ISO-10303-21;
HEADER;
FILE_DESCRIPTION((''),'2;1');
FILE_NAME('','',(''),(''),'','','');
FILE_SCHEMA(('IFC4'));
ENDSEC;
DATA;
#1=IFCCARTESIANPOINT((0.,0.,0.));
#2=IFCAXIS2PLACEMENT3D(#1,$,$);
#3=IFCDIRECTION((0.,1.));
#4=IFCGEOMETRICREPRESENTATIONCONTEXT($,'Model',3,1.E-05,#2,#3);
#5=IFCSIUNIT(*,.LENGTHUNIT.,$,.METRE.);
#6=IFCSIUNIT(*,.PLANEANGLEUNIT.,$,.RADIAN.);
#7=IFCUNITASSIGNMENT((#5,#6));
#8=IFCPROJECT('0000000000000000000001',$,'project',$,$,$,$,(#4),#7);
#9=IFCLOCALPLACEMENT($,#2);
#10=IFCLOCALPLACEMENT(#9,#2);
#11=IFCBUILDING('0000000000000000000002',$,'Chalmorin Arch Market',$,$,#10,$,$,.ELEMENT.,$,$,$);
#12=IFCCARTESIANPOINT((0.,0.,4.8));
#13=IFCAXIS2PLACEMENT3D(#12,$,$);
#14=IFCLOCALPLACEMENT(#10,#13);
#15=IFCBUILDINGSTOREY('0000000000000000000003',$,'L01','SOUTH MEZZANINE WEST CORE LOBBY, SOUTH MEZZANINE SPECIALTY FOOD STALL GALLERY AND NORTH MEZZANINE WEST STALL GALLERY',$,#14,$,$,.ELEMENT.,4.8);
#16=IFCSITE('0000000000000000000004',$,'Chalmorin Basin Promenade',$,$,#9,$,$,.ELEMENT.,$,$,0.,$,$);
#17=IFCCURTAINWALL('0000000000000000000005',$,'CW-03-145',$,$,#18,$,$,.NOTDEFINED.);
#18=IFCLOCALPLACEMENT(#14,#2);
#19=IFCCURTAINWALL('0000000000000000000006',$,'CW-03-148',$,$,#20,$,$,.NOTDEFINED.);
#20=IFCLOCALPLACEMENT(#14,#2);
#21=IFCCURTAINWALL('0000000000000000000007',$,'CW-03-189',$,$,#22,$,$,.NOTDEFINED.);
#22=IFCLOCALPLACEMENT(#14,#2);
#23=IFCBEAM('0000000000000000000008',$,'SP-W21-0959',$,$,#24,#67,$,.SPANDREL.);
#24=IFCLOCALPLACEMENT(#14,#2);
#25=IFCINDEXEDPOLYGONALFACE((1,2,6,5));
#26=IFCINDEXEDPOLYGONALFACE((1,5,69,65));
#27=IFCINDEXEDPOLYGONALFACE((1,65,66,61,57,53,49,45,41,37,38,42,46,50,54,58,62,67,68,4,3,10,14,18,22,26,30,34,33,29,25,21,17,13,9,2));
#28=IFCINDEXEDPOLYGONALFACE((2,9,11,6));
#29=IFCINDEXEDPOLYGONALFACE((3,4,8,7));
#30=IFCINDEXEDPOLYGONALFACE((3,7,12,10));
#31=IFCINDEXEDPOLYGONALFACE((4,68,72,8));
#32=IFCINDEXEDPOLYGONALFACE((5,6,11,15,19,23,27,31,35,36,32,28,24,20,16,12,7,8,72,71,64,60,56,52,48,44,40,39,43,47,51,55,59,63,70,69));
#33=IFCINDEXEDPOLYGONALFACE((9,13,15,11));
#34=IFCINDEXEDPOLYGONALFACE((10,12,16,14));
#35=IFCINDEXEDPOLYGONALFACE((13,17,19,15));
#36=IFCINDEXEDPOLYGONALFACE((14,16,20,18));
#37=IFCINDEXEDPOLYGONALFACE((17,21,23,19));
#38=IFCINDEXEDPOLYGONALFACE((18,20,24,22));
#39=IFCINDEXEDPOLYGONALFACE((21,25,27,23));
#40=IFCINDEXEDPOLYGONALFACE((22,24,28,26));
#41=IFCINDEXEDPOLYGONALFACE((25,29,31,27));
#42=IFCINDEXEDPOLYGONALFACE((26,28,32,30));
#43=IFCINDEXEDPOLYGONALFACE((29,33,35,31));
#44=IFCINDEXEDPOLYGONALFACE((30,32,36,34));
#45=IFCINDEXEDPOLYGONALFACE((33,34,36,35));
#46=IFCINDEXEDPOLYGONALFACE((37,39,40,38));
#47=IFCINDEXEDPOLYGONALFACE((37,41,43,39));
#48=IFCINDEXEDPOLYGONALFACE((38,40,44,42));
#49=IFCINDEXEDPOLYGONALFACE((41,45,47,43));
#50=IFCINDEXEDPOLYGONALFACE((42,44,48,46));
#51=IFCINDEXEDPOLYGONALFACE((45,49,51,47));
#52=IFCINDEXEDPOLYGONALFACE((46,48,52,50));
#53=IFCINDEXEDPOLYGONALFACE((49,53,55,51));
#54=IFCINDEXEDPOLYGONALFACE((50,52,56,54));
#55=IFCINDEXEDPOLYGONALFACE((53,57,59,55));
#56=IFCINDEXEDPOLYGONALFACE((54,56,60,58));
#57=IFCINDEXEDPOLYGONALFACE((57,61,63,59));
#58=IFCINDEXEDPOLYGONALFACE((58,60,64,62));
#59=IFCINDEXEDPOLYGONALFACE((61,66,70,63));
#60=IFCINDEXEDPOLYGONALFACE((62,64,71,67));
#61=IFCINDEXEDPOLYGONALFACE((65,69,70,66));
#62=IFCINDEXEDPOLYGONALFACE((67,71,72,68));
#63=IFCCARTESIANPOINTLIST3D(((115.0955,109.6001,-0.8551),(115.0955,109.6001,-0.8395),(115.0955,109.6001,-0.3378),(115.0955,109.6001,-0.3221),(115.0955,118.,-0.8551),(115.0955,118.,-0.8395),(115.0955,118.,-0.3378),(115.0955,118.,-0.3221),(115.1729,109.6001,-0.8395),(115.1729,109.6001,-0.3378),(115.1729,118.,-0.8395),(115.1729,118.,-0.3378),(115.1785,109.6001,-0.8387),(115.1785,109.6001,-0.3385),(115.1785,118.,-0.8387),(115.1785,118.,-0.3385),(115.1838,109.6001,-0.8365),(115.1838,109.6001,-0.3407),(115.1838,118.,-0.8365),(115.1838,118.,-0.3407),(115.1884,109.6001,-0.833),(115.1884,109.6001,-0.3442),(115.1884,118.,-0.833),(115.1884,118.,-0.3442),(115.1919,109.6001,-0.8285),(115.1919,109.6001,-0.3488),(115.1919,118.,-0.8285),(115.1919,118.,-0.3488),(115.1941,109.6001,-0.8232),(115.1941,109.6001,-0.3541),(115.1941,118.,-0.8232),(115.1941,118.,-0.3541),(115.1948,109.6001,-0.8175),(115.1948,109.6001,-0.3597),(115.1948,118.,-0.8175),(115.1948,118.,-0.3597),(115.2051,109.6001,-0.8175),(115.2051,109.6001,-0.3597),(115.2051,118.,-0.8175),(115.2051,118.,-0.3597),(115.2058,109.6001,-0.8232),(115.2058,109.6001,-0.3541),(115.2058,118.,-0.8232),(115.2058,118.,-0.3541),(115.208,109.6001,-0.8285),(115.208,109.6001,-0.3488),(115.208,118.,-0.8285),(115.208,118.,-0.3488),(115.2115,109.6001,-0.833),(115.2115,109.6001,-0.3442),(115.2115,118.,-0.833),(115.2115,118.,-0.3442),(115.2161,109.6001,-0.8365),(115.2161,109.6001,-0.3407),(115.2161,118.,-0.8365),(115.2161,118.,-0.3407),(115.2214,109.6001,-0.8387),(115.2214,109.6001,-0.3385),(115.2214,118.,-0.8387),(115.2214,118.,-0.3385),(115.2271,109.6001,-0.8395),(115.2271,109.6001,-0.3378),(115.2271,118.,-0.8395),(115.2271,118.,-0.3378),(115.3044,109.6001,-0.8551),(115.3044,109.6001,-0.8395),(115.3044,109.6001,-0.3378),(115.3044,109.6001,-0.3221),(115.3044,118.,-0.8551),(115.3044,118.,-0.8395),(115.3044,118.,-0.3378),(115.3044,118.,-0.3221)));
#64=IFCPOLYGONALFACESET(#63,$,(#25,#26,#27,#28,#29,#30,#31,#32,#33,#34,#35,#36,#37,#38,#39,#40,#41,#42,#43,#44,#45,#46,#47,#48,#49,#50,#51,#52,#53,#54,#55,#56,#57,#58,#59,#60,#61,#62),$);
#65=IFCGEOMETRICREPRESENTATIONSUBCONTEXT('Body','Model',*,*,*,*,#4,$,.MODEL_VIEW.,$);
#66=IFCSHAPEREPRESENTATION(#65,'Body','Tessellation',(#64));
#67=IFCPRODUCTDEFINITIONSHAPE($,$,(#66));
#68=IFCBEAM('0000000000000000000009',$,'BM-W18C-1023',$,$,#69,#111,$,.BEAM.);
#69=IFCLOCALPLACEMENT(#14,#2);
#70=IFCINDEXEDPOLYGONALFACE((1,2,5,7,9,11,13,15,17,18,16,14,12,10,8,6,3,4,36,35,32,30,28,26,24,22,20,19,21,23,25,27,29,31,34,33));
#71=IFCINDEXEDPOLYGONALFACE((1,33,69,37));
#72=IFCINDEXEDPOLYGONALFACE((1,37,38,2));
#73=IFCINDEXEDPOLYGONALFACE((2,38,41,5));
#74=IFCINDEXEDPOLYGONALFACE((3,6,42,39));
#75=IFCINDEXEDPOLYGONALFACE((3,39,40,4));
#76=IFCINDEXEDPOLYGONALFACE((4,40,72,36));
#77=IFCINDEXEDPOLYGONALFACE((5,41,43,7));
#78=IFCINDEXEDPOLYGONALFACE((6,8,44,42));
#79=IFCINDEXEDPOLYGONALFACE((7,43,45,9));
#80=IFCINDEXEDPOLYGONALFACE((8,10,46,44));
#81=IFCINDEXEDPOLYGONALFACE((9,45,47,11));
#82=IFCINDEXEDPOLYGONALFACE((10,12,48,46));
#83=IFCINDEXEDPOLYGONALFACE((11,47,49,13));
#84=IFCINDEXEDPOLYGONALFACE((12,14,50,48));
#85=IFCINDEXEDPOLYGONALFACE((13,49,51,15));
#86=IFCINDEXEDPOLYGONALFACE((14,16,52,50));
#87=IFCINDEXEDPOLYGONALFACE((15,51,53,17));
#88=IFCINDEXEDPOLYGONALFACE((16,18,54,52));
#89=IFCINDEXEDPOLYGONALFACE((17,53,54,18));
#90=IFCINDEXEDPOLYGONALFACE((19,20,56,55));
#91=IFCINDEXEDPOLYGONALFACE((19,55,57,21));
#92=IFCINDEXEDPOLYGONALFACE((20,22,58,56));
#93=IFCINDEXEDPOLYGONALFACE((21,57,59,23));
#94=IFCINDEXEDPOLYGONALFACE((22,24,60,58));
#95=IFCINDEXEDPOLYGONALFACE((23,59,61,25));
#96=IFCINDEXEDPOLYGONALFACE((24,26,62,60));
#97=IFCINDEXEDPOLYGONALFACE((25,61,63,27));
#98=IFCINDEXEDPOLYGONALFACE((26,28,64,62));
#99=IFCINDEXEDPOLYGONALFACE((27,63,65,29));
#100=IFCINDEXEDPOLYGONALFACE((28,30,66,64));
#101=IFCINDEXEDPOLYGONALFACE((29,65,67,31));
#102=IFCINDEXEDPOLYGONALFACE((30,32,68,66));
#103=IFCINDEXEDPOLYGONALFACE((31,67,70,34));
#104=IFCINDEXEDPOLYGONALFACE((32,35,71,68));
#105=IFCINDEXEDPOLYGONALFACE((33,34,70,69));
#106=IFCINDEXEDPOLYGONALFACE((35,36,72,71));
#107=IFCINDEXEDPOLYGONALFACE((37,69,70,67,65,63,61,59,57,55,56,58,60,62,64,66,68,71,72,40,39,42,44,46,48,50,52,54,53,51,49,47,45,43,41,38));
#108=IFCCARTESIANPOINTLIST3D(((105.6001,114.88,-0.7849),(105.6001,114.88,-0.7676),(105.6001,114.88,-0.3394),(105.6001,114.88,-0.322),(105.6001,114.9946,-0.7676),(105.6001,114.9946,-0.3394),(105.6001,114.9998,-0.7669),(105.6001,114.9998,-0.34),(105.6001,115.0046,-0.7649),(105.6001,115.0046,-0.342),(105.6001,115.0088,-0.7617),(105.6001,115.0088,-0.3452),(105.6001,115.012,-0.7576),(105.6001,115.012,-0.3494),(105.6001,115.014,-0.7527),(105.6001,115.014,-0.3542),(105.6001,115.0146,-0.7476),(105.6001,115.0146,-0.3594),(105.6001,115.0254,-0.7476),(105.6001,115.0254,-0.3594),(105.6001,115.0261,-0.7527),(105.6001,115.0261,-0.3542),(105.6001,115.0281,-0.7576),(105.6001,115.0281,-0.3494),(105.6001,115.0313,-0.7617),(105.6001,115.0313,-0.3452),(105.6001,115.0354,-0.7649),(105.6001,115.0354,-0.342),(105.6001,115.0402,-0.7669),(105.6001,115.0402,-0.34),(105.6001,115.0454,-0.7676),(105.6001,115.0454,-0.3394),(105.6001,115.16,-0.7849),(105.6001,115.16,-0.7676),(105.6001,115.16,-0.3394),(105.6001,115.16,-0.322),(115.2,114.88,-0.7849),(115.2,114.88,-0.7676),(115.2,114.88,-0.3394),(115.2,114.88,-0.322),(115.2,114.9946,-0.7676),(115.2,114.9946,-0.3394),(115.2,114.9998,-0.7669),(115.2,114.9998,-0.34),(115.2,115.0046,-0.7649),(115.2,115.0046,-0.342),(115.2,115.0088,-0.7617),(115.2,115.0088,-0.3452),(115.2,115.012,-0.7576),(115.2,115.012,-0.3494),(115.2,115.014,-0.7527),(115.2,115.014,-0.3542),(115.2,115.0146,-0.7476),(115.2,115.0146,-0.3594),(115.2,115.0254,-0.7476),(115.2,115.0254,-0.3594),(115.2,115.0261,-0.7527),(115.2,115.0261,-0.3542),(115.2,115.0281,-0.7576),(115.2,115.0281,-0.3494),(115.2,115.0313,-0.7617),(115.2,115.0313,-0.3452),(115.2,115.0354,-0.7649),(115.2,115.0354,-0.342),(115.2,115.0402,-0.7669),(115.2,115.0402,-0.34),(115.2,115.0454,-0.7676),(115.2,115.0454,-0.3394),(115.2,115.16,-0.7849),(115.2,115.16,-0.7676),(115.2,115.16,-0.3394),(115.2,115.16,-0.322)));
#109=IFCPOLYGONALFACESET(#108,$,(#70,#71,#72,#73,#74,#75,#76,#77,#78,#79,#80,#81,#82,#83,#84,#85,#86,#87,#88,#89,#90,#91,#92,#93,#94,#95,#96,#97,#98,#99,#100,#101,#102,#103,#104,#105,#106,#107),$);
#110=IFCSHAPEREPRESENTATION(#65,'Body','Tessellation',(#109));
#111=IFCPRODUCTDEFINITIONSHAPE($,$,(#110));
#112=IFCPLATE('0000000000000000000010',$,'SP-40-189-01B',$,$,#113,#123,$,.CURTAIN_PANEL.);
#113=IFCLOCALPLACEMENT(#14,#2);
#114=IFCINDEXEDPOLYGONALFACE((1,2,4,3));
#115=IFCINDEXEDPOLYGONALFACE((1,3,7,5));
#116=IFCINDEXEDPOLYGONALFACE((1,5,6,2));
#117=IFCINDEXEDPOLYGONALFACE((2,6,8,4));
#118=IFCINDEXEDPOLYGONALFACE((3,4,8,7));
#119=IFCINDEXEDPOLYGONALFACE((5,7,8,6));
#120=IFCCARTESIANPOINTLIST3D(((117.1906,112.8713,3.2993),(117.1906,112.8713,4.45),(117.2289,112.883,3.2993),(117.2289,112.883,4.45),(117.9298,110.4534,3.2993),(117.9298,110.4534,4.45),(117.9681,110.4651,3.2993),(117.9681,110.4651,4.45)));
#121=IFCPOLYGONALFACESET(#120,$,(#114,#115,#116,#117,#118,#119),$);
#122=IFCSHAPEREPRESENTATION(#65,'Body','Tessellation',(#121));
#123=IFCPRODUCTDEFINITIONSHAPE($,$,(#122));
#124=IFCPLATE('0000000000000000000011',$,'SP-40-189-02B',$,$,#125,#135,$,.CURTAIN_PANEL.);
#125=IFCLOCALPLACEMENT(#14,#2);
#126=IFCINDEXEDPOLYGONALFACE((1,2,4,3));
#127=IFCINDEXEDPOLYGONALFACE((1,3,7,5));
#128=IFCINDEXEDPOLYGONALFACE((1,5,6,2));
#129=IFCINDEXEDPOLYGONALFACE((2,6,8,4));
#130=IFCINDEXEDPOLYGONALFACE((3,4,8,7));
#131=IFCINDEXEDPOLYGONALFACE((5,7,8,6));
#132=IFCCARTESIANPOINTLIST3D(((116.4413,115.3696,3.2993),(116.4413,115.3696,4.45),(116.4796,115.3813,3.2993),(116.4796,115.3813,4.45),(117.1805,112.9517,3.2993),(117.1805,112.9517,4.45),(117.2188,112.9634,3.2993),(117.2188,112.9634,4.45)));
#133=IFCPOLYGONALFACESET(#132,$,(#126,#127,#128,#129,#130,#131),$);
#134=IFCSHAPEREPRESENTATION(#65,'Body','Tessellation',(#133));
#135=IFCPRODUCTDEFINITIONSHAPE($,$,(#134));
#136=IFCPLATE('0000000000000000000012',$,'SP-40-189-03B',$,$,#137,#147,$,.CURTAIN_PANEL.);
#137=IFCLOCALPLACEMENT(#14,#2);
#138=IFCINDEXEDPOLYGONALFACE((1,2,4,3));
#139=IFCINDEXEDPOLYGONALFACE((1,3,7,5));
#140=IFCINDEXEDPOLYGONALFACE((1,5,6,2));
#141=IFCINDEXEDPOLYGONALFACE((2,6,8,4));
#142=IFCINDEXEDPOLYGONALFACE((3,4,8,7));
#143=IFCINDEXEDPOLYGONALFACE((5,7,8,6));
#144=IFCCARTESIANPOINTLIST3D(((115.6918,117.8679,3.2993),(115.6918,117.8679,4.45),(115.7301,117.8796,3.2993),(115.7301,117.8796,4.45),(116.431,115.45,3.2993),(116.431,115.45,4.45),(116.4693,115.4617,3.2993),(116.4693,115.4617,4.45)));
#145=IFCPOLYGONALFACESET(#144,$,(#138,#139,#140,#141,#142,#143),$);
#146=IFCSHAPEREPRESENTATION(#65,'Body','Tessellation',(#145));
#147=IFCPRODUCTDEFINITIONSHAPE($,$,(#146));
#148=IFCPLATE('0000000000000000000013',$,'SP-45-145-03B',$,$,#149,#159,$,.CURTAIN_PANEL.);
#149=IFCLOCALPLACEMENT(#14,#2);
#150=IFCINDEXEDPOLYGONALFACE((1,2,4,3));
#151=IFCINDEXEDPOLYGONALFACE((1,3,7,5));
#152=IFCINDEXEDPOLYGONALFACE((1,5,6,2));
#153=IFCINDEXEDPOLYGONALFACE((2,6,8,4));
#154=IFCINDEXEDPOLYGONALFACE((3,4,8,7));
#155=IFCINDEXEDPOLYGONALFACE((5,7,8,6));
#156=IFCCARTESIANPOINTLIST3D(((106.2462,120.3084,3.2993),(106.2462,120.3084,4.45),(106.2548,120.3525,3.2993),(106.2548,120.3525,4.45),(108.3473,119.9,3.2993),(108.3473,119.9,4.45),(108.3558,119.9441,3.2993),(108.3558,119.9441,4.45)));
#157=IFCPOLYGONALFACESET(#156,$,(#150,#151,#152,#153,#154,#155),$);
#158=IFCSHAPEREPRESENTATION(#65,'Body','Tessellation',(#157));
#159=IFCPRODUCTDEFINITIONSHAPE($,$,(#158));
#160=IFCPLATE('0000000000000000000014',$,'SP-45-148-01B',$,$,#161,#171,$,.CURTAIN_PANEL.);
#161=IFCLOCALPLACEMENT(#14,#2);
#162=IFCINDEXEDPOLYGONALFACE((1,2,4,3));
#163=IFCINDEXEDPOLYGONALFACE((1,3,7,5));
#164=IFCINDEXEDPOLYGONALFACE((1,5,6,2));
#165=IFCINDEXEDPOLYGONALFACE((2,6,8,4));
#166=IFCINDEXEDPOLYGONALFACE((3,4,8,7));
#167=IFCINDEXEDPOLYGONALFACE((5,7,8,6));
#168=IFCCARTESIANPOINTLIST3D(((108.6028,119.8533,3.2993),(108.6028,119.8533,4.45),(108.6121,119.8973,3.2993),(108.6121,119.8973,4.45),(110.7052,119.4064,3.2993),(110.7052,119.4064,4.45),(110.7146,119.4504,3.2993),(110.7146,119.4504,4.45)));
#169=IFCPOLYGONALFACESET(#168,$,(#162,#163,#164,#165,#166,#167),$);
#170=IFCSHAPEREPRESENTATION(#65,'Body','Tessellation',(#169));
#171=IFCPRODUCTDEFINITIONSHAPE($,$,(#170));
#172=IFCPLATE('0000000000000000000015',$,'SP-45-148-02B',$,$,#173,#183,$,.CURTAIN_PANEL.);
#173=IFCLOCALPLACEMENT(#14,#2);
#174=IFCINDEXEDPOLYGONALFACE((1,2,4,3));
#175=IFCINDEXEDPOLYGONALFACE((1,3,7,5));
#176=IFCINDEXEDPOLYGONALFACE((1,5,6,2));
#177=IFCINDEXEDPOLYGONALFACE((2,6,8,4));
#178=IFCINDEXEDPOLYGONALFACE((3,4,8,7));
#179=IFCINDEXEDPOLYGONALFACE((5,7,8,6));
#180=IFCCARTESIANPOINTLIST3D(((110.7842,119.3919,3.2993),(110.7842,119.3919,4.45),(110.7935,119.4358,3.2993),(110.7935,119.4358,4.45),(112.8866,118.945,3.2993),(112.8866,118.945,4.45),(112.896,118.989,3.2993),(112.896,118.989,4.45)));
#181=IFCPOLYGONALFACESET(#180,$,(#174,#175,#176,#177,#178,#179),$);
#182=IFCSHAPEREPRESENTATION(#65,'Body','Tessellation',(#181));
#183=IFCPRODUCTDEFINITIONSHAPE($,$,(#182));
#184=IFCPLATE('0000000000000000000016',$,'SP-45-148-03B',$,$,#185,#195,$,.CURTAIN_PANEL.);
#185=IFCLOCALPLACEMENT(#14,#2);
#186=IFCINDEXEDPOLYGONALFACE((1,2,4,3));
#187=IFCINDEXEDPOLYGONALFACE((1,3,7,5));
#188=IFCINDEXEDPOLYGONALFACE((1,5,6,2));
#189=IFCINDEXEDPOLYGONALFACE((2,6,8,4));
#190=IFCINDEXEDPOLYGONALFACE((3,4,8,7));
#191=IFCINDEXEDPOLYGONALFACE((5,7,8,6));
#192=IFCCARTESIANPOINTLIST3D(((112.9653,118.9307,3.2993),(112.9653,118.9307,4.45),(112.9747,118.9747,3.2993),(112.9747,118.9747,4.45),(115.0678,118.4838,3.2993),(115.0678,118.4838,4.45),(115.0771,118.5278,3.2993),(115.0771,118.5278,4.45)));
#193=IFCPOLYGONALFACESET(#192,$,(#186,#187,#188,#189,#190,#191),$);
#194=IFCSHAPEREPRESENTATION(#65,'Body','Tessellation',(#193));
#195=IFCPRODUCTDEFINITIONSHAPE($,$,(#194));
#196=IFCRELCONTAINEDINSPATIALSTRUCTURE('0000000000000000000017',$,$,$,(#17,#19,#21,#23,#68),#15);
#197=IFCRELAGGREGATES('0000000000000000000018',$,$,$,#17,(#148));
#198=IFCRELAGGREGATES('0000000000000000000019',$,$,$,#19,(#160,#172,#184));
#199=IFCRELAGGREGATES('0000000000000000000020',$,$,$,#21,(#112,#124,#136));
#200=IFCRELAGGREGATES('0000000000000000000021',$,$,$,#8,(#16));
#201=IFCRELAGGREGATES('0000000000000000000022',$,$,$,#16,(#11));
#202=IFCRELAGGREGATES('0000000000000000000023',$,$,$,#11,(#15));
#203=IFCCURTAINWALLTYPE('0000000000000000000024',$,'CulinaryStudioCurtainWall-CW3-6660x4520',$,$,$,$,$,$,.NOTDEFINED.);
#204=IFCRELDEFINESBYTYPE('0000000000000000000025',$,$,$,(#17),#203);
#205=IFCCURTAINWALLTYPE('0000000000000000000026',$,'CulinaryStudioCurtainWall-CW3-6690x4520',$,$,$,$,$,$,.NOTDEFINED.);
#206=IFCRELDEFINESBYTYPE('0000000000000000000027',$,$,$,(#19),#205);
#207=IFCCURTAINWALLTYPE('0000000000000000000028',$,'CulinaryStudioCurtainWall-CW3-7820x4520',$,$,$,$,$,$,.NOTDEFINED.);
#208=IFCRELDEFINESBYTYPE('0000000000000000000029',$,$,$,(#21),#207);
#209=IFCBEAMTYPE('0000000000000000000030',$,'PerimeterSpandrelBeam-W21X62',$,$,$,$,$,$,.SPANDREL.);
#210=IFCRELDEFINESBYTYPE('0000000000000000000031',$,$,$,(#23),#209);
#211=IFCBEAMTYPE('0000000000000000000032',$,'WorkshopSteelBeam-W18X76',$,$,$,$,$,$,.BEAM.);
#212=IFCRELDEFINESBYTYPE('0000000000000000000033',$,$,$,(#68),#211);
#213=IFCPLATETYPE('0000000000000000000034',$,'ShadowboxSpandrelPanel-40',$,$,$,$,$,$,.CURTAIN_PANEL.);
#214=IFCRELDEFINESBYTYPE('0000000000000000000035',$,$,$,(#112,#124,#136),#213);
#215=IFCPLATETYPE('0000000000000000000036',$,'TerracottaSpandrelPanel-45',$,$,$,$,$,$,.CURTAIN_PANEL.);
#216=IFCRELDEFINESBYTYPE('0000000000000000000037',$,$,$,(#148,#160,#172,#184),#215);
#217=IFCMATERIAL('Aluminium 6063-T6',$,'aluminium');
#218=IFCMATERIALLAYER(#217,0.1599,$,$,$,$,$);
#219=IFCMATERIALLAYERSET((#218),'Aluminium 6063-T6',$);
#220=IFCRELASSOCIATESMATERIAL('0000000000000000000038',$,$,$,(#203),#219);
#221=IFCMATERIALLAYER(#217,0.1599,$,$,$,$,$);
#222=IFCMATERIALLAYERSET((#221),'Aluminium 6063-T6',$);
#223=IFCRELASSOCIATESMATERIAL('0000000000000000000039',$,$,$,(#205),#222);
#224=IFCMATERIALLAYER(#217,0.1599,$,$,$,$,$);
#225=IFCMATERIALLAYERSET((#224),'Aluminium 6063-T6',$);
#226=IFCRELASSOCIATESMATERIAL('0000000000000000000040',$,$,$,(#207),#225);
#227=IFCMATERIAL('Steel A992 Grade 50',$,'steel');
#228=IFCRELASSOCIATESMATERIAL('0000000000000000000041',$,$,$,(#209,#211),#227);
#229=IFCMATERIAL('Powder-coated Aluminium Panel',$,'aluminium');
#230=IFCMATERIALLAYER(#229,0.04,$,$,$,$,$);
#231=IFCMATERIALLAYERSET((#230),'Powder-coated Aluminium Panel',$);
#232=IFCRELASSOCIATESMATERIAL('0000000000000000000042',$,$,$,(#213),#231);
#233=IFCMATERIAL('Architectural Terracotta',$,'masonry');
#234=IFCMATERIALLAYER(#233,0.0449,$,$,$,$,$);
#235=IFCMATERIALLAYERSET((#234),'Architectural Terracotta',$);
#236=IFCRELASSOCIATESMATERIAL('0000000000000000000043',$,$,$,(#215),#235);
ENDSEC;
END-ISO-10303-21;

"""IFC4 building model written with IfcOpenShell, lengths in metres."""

from ifc_helpers import new_model, si_unit, direction, frame, origin, origin_2d, place, context, subcontext, project, spatial, rectangle, i_section, extrude, material, layer, layer_set, material_profile, profile_set, type_object, element, aggregate, save


model = new_model("IFC4")

# Units and contexts
model_context = context("Model", 3, precision=1e-05, world=origin(), true_north=direction((0.0, 1.0)))
body_context = subcontext(model_context, "Body", "Model", "MODEL_VIEW")
ifc_project = project(units=[si_unit("LENGTHUNIT", "METRE"), si_unit("PLANEANGLEUNIT", "RADIAN")], contexts=[model_context])

# Site, building, storey
site_placement = place(None, origin())
site = spatial("IfcSite", under=ifc_project, at=site_placement, Name="Chalmorin Basin Promenade", CompositionType="ELEMENT", RefElevation=0.0)
building_placement = place(site_placement, origin())
building = spatial("IfcBuilding", under=site, at=building_placement, Name="Chalmorin Arch Market", CompositionType="ELEMENT")
storey_placement = place(building_placement, frame((0.0, 0.0, 4.8)))
storey = spatial("IfcBuildingStorey", under=building, at=storey_placement, Name="L01", Description="SOUTH MEZZANINE WEST CORE LOBBY, SOUTH MEZZANINE SPECIALTY FOOD STALL GALLERY AND NORTH MEZZANINE WEST STALL GALLERY", CompositionType="ELEMENT", Elevation=4.8)

# Curtain walls
ifc_material_1 = material(Name="Aluminium 6063-T6", Category="aluminium")
ifc_layer_1 = layer(ifc_material_1, 0.1599)
ifc_layer_set_1 = layer_set([ifc_layer_1], Name="Aluminium 6063-T6")
curtain_wall_type_1 = type_object("IfcCurtainWallType", Name="CulinaryStudioCurtainWall-CW3-6660x4520", PredefinedType="NOTDEFINED", material=ifc_layer_set_1)
curtain_wall_1_placement = place(storey_placement, origin())
curtain_wall_1 = element("IfcCurtainWall", 1, at=curtain_wall_1_placement, inside=storey, type_object=curtain_wall_type_1, Name="CW-03-145", PredefinedType="NOTDEFINED")
ifc_layer_2 = layer(ifc_material_1, 0.1599)
ifc_layer_set_2 = layer_set([ifc_layer_2], Name="Aluminium 6063-T6")
curtain_wall_type_2 = type_object("IfcCurtainWallType", Name="CulinaryStudioCurtainWall-CW3-6690x4520", PredefinedType="NOTDEFINED", material=ifc_layer_set_2)
curtain_wall_2_placement = place(storey_placement, origin())
curtain_wall_2 = element("IfcCurtainWall", 2, at=curtain_wall_2_placement, inside=storey, type_object=curtain_wall_type_2, Name="CW-03-148", PredefinedType="NOTDEFINED")

# Curtain wall
ifc_layer_3 = layer(ifc_material_1, 0.1599)
ifc_layer_set_3 = layer_set([ifc_layer_3], Name="Aluminium 6063-T6")
curtain_wall_type_3 = type_object("IfcCurtainWallType", Name="CulinaryStudioCurtainWall-CW3-7820x4520", PredefinedType="NOTDEFINED", material=ifc_layer_set_3)
curtain_wall_3_placement = place(storey_placement, origin())
curtain_wall_3 = element("IfcCurtainWall", 3, at=curtain_wall_3_placement, inside=storey, type_object=curtain_wall_type_3, Name="CW-03-189", PredefinedType="NOTDEFINED")

# Beams
ifc_material_2 = material(Name="Steel A992 Grade 50", Category="steel")
ifc_material_profile_1 = material_profile(ifc_material_2, i_section(OverallWidth=0.209, OverallDepth=0.533, WebThickness=0.0103, FlangeThickness=0.0156, FilletRadius=0.022, at=origin_2d()), Name="W21X62")
ifc_profile_set_1 = profile_set([ifc_material_profile_1], Name="Steel A992 Grade 50")
beam_type_1 = type_object("IfcBeamType", Name="PerimeterSpandrelBeam-W21X62", PredefinedType="SPANDREL", material=ifc_profile_set_1)
beam_1_placement = place(storey_placement, frame((115.2, 109.6001, -0.5886), z_axis=(0.0, 1.0, 0.0), x_axis=(-1.0, 0.0, 0.0)))
element("IfcBeam", 4, at=beam_1_placement, inside=storey, type_object=beam_type_1, Name="SP-W21-0959", PredefinedType="SPANDREL", context=body_context, shape_type="SweptSolid", body=[
    extrude(i_section(OverallWidth=0.209, OverallDepth=0.533, WebThickness=0.0103, FlangeThickness=0.0156, FilletRadius=0.022, at=origin_2d()), origin(), (0.0, 0.0, 1.0), 8.3999),
])
ifc_material_profile_2 = material_profile(ifc_material_2, i_section(OverallWidth=0.28, OverallDepth=0.4629, WebThickness=0.0107, FlangeThickness=0.0173, FilletRadius=0.02, at=origin_2d()), Name="W18X76")
ifc_profile_set_2 = profile_set([ifc_material_profile_2], Name="Steel A992 Grade 50")
beam_type_2 = type_object("IfcBeamType", Name="WorkshopSteelBeam-W18X76", PredefinedType="BEAM", material=ifc_profile_set_2)
beam_2_placement = place(storey_placement, frame((105.6001, 115.02, -0.5535), z_axis=(1.0, 0.0, 0.0), x_axis=(0.0, 1.0, 0.0)))
element("IfcBeam", 5, at=beam_2_placement, inside=storey, type_object=beam_type_2, Name="BM-W18C-1023", PredefinedType="BEAM", context=body_context, shape_type="SweptSolid", body=[
    extrude(i_section(OverallWidth=0.28, OverallDepth=0.4629, WebThickness=0.0107, FlangeThickness=0.0173, FilletRadius=0.02, at=origin_2d()), origin(), (0.0, 0.0, 1.0), 9.5999),
])

# Plates
ifc_material_3 = material(Name="Powder-coated Aluminium Panel", Category="aluminium")
ifc_layer_4 = layer(ifc_material_3, 0.04)
ifc_layer_set_4 = layer_set([ifc_layer_4], Name="Powder-coated Aluminium Panel")
plate_type_1 = type_object("IfcPlateType", Name="ShadowboxSpandrelPanel-40", PredefinedType="CURTAIN_PANEL", material=ifc_layer_set_4)
plate_1_placement = place(storey_placement, frame((117.5793, 111.6682, 3.2993), z_axis=(0.0, 0.0, 1.0), x_axis=(-0.292372, 0.956305, 0.0)))
plate_1 = element("IfcPlate", 6, at=plate_1_placement, type_object=plate_type_1, Name="SP-40-189-01B", PredefinedType="CURTAIN_PANEL", context=body_context, shape_type="SweptSolid", body=[
    extrude(rectangle(XDim=2.5283, YDim=0.04, at=origin_2d()), origin(), (0.0, 0.0, 1.0), 1.1506),
])
plate_2_placement = place(storey_placement, frame((116.8301, 114.1665, 3.2993), z_axis=(0.0, 0.0, 1.0), x_axis=(-0.292372, 0.956305, 0.0)))
plate_2 = element("IfcPlate", 7, at=plate_2_placement, type_object=plate_type_1, Name="SP-40-189-02B", PredefinedType="CURTAIN_PANEL", context=body_context, shape_type="SweptSolid", body=[
    extrude(rectangle(XDim=2.5283, YDim=0.04, at=origin_2d()), origin(), (0.0, 0.0, 1.0), 1.1506),
])
plate_3_placement = place(storey_placement, frame((116.0806, 116.6648, 3.2993), z_axis=(0.0, 0.0, 1.0), x_axis=(-0.292372, 0.956305, 0.0)))
plate_3 = element("IfcPlate", 8, at=plate_3_placement, type_object=plate_type_1, Name="SP-40-189-03B", PredefinedType="CURTAIN_PANEL", context=body_context, shape_type="SweptSolid", body=[
    extrude(rectangle(XDim=2.5283, YDim=0.04, at=origin_2d()), origin(), (0.0, 0.0, 1.0), 1.1506),
])
ifc_material_4 = material(Name="Architectural Terracotta", Category="masonry")
ifc_layer_5 = layer(ifc_material_4, 0.0449)
ifc_layer_set_5 = layer_set([ifc_layer_5], Name="Architectural Terracotta")
plate_type_2 = type_object("IfcPlateType", Name="TerracottaSpandrelPanel-45", PredefinedType="CURTAIN_PANEL", material=ifc_layer_set_5)
plate_4_placement = place(storey_placement, frame((107.301, 120.1262, 3.2993), z_axis=(0.0, 0.0, 1.0), x_axis=(0.981627, -0.190809, 0.0)))
plate_4 = element("IfcPlate", 9, at=plate_4_placement, type_object=plate_type_2, Name="SP-45-145-03B", PredefinedType="CURTAIN_PANEL", context=body_context, shape_type="SweptSolid", body=[
    extrude(rectangle(XDim=2.1404, YDim=0.0449, at=origin_2d()), origin(), (0.0, 0.0, 1.0), 1.1506),
])
plate_5_placement = place(storey_placement, frame((109.6587, 119.6519, 3.2993), z_axis=(0.0, 0.0, 1.0), x_axis=(0.978148, -0.207912, 0.0)))
plate_5 = element("IfcPlate", 10, at=plate_5_placement, type_object=plate_type_2, Name="SP-45-148-01B", PredefinedType="CURTAIN_PANEL", context=body_context, shape_type="SweptSolid", body=[
    extrude(rectangle(XDim=2.1494, YDim=0.0449, at=origin_2d()), origin(), (0.0, 0.0, 1.0), 1.1506),
])
plate_6_placement = place(storey_placement, frame((111.8401, 119.1904, 3.2993), z_axis=(0.0, 0.0, 1.0), x_axis=(0.978148, -0.207912, 0.0)))
plate_6 = element("IfcPlate", 11, at=plate_6_placement, type_object=plate_type_2, Name="SP-45-148-02B", PredefinedType="CURTAIN_PANEL", context=body_context, shape_type="SweptSolid", body=[
    extrude(rectangle(XDim=2.1494, YDim=0.0449, at=origin_2d()), origin(), (0.0, 0.0, 1.0), 1.1506),
])
plate_7_placement = place(storey_placement, frame((114.0212, 118.7292, 3.2993), z_axis=(0.0, 0.0, 1.0), x_axis=(0.978148, -0.207912, 0.0)))
plate_7 = element("IfcPlate", 12, at=plate_7_placement, type_object=plate_type_2, Name="SP-45-148-03B", PredefinedType="CURTAIN_PANEL", context=body_context, shape_type="SweptSolid", body=[
    extrude(rectangle(XDim=2.1494, YDim=0.0449, at=origin_2d()), origin(), (0.0, 0.0, 1.0), 1.1506),
])
aggregate(curtain_wall_1, [plate_4])
aggregate(curtain_wall_2, [plate_5, plate_6, plate_7])
aggregate(curtain_wall_3, [plate_1, plate_2, plate_3])

save(model, "model.ifc")
